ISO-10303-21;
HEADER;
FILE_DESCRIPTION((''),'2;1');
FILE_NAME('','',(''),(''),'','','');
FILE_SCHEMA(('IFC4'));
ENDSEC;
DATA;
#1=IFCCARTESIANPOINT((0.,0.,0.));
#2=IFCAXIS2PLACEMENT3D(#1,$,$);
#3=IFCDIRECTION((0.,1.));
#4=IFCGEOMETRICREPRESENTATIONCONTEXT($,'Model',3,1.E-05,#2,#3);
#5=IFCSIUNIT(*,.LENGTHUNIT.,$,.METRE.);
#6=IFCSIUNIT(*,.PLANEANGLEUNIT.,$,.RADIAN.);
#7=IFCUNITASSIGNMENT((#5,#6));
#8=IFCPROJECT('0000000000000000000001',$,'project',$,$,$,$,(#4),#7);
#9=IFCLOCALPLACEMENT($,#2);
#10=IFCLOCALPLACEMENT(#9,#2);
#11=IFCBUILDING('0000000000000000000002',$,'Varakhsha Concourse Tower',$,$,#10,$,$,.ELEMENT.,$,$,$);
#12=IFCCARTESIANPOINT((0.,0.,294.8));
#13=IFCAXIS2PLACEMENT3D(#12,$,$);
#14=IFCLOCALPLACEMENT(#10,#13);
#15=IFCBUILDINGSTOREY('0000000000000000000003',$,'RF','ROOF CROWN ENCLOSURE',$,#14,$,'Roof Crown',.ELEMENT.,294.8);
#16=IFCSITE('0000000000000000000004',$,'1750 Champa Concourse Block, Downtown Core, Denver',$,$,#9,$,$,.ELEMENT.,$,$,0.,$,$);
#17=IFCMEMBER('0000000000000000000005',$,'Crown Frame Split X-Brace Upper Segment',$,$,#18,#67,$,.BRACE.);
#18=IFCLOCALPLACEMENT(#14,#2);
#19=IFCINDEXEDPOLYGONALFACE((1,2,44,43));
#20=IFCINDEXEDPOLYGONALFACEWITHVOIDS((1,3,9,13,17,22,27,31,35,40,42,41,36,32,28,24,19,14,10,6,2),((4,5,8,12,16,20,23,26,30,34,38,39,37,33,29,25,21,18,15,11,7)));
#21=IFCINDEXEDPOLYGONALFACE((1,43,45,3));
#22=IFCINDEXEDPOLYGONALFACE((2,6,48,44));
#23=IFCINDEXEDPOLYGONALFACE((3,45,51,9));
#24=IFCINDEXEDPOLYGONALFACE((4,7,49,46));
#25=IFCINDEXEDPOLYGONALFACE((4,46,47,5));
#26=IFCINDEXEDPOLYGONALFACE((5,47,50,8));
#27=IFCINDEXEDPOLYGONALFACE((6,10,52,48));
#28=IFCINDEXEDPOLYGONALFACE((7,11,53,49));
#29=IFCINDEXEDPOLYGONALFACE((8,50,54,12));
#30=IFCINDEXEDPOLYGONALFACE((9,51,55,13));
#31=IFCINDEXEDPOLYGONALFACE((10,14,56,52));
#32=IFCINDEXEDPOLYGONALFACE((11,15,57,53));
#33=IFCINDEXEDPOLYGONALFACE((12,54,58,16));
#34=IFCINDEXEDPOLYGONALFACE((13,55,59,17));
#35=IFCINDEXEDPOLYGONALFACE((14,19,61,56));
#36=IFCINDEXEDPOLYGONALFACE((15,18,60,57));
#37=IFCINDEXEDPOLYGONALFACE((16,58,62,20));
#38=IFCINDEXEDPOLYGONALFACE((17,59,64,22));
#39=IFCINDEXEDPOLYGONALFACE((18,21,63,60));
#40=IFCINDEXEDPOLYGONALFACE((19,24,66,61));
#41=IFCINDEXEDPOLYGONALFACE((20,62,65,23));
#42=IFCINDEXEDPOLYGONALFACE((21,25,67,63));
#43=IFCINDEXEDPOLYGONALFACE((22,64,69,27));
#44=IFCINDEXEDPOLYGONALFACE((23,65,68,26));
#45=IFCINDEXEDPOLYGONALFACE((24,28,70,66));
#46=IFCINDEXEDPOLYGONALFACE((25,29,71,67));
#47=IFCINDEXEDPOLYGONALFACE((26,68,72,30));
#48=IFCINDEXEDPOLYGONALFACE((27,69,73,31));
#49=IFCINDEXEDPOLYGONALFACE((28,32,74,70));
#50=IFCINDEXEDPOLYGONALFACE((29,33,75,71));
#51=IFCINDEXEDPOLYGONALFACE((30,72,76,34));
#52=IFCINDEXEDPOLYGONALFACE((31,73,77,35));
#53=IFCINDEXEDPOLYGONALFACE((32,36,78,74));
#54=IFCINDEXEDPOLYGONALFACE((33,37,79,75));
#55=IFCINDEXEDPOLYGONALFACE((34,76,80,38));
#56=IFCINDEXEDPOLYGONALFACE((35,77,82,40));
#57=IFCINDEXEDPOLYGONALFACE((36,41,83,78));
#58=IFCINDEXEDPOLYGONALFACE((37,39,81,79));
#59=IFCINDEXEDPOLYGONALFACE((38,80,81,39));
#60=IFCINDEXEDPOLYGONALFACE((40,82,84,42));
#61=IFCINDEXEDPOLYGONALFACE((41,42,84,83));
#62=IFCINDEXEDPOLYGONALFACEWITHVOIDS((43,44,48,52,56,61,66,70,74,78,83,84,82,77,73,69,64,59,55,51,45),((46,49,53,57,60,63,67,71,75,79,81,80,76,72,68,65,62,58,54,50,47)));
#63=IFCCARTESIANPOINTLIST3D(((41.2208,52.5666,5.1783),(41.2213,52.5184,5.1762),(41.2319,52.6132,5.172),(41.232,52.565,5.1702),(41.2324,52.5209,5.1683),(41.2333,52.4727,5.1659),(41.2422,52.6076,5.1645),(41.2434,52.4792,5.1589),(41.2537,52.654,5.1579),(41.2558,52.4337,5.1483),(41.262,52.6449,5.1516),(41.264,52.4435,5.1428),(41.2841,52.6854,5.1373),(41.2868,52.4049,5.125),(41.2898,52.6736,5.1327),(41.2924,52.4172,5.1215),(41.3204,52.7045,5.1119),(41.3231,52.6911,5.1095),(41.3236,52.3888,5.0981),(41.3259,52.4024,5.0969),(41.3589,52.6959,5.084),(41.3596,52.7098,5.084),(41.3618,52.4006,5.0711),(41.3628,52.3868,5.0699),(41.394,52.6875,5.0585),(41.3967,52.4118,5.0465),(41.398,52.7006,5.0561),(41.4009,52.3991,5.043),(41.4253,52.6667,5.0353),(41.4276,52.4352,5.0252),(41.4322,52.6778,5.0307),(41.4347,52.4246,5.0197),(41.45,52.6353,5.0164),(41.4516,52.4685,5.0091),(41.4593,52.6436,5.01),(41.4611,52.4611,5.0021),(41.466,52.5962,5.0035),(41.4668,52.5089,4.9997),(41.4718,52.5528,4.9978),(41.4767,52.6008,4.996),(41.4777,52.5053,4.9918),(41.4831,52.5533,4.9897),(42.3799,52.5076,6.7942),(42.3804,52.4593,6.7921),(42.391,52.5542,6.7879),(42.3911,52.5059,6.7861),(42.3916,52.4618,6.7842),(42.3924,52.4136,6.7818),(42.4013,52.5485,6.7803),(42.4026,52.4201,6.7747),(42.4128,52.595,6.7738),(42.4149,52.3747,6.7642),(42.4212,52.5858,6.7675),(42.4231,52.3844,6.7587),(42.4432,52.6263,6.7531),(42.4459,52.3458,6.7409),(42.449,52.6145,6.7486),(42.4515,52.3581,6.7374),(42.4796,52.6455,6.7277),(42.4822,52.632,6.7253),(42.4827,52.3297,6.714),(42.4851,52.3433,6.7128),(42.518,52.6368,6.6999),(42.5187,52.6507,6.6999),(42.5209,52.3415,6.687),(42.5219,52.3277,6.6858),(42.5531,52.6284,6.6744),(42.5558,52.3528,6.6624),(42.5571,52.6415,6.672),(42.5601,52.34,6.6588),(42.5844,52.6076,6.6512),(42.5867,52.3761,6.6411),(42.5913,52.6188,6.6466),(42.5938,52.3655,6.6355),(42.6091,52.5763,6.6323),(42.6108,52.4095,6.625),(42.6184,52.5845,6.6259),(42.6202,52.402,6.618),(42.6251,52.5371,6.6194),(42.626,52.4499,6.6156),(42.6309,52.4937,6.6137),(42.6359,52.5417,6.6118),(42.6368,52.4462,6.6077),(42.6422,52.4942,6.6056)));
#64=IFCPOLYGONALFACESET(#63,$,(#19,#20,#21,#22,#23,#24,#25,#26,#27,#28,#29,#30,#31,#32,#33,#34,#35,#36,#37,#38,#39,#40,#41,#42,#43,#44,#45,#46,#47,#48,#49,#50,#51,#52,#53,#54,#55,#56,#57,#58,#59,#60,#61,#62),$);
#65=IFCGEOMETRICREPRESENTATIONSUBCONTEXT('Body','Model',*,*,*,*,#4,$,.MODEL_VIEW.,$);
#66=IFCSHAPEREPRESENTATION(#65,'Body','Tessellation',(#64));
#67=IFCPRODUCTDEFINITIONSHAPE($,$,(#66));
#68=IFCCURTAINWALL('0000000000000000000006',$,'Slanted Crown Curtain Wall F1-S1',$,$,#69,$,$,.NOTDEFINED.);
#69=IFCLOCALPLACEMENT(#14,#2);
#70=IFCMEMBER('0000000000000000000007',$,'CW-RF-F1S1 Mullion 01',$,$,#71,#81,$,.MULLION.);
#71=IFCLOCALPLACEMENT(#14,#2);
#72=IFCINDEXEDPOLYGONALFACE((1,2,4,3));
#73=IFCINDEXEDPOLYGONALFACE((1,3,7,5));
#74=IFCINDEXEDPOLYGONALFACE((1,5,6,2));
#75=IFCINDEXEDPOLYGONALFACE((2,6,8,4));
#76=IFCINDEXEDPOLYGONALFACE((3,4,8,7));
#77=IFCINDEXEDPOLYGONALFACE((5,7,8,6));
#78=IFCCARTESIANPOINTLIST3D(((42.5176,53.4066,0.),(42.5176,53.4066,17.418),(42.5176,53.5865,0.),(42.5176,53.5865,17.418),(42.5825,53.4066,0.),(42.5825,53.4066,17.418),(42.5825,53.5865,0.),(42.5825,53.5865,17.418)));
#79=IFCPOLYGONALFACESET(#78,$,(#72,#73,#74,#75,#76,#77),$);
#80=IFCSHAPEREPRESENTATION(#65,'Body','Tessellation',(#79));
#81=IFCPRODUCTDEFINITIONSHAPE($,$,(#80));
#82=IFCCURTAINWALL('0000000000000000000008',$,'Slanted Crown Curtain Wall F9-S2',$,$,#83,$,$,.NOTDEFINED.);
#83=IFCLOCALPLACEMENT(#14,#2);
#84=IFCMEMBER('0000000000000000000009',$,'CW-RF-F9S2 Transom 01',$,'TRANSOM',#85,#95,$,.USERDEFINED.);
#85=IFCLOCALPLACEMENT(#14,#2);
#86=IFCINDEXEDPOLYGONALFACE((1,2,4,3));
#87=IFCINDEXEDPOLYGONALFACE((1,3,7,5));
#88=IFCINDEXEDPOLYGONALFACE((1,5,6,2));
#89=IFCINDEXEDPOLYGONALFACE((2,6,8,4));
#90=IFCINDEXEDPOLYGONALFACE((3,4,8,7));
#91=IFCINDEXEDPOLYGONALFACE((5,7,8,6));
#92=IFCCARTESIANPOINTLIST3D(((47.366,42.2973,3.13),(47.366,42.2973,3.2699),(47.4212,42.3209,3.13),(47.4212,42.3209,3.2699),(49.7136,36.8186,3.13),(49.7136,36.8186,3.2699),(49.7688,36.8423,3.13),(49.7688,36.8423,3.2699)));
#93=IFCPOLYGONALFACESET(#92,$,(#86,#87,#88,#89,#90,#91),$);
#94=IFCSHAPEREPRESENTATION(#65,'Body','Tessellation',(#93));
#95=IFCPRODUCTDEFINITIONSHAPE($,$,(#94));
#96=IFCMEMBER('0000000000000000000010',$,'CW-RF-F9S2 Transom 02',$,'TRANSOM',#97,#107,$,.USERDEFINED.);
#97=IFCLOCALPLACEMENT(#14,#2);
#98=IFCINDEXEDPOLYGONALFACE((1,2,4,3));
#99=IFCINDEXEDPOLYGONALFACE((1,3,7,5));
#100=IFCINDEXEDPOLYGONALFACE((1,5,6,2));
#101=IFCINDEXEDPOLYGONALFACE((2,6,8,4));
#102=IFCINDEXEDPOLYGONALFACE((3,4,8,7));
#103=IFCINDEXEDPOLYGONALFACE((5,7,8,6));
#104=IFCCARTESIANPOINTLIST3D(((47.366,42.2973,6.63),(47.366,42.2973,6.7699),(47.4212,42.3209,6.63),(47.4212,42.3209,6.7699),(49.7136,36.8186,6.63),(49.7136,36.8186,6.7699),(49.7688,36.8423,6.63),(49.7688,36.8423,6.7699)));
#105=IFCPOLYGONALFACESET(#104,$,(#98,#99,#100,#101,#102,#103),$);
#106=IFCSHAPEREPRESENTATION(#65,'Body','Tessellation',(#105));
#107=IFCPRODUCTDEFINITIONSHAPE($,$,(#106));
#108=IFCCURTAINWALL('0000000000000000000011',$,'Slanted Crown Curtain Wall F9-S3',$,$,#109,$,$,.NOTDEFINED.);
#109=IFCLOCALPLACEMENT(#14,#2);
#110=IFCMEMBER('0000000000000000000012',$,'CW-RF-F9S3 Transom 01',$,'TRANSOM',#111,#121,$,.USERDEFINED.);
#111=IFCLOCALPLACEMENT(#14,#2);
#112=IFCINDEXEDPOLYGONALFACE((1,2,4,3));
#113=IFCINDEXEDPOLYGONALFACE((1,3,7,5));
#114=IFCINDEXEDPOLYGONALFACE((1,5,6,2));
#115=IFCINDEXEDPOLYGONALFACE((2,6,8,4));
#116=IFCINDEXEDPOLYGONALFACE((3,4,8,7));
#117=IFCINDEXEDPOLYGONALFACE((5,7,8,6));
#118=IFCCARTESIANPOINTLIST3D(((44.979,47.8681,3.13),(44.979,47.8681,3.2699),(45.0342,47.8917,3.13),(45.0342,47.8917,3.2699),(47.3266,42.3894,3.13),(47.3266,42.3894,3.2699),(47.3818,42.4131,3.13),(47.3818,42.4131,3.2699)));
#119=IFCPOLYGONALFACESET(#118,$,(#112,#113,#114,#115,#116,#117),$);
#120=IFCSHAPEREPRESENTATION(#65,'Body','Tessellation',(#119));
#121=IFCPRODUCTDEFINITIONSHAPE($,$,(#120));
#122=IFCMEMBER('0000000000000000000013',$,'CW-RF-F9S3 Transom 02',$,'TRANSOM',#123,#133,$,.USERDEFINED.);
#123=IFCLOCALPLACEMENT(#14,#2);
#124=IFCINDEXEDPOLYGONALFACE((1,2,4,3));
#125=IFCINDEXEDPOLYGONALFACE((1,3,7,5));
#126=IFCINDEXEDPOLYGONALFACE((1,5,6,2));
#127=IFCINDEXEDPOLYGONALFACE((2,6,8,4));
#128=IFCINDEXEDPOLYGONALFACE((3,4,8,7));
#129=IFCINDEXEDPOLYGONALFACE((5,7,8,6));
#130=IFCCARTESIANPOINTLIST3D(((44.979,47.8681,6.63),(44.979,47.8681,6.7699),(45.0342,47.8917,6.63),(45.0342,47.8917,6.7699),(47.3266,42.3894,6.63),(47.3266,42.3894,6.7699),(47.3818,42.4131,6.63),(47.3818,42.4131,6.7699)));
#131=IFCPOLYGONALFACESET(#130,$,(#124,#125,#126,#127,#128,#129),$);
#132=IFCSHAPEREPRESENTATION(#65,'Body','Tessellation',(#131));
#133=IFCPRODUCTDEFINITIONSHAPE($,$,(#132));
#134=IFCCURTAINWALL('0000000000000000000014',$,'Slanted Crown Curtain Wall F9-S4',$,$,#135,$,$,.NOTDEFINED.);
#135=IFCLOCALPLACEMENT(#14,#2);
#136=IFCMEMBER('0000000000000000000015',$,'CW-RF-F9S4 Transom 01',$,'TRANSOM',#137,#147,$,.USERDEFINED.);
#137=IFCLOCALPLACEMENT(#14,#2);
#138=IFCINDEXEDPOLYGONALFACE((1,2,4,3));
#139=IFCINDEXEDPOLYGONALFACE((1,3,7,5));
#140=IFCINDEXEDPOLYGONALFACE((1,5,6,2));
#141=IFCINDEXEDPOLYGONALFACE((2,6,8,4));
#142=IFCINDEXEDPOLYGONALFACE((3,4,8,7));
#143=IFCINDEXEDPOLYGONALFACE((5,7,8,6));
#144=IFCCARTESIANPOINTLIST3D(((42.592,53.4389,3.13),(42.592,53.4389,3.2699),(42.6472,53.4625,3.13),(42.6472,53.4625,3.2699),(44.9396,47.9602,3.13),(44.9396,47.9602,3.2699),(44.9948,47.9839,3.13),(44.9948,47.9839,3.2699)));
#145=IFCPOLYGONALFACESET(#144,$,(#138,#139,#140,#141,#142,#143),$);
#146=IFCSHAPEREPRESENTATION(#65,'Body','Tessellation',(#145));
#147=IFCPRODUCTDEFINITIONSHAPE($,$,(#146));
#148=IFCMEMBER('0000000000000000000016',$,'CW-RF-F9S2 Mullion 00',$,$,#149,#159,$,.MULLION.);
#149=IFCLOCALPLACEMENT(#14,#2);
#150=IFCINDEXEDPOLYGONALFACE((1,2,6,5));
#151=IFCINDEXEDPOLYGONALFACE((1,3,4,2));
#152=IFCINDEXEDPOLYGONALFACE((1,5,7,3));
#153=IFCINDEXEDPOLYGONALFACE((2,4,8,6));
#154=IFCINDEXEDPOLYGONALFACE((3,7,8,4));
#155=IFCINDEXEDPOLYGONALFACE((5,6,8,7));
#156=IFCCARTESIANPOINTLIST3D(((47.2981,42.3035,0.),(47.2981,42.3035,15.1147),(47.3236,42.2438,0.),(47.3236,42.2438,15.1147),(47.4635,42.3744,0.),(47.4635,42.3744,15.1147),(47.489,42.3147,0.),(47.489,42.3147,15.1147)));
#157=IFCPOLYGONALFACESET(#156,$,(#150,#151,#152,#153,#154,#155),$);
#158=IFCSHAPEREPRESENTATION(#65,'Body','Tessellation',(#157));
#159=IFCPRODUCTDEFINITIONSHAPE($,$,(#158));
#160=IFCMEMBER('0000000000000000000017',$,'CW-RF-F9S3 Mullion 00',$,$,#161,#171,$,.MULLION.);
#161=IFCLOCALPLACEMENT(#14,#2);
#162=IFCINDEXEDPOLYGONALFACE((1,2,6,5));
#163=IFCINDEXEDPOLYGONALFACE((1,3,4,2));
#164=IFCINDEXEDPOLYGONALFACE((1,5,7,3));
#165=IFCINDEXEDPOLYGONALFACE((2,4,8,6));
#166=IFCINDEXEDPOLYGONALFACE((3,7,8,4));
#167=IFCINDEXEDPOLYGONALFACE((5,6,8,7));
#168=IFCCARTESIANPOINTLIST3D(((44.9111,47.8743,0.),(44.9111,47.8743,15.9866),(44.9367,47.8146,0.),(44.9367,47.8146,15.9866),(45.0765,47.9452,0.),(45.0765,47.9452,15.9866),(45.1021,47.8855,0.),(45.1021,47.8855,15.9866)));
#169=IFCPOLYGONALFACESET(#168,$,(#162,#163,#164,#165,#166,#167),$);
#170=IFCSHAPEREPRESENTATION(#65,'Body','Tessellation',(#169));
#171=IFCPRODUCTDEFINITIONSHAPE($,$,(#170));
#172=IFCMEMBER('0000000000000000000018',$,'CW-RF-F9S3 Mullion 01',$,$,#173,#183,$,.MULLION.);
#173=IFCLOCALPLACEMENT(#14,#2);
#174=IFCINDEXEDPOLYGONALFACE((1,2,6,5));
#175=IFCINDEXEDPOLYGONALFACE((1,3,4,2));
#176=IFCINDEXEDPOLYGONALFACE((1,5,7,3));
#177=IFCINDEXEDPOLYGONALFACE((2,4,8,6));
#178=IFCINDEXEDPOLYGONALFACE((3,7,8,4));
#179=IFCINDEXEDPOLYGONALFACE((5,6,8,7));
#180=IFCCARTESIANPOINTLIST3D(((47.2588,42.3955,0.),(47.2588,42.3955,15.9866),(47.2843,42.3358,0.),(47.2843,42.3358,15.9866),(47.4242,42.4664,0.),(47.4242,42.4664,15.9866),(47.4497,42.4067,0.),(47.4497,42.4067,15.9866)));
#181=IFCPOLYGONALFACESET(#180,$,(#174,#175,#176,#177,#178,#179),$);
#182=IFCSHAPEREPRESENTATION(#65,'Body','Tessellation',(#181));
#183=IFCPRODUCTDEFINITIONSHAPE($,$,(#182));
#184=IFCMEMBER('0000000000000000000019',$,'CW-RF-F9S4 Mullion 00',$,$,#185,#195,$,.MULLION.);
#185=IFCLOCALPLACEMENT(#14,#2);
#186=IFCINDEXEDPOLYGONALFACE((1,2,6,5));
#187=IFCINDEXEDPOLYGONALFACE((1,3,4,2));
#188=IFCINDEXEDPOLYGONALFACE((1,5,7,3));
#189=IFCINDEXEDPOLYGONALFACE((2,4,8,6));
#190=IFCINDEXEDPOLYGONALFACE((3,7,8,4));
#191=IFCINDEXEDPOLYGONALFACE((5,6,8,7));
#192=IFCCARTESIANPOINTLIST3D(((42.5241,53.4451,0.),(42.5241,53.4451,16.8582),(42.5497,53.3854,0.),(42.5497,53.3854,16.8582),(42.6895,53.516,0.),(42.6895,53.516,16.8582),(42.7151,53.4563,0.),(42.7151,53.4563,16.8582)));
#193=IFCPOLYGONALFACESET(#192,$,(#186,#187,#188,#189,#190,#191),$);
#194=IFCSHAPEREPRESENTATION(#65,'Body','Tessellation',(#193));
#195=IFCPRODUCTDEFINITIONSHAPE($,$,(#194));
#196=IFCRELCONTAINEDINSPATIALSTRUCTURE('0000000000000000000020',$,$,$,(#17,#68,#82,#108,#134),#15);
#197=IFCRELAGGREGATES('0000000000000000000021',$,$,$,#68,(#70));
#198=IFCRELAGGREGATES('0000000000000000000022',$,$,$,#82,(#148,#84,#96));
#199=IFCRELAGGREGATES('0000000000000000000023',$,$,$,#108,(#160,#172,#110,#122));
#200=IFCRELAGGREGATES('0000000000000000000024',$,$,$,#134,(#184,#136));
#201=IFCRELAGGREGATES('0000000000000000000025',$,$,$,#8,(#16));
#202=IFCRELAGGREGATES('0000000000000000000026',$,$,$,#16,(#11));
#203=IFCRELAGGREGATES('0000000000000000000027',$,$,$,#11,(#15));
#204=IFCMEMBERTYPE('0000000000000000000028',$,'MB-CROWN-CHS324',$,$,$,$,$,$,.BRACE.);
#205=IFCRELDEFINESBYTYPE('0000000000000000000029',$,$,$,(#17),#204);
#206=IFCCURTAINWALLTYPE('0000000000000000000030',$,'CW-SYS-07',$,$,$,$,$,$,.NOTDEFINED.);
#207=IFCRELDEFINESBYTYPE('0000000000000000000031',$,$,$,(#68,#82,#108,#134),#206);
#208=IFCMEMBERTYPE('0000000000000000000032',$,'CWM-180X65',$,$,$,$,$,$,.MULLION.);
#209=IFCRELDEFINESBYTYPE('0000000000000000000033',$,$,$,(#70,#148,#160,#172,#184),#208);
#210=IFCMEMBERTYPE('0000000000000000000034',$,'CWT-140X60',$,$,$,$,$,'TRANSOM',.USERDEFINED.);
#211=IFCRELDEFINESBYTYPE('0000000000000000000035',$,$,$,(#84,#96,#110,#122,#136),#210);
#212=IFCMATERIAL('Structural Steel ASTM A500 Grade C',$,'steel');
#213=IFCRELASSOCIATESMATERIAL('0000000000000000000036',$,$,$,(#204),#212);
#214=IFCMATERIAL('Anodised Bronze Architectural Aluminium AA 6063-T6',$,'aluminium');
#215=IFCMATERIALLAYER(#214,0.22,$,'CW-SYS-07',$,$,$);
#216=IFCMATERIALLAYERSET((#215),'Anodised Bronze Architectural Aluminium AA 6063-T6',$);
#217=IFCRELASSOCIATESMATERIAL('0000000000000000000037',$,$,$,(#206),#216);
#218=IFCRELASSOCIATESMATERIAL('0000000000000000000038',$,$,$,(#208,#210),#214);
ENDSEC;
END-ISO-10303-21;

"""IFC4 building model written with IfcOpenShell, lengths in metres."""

from ifc_helpers import new_model, si_unit, direction, frame, origin, origin_2d, place, context, subcontext, project, spatial, rectangle, hollow_circle, extrude, source, transform, mapped, material, layer, layer_set, material_profile, profile_set, type_object, type_shapes, element, aggregate, save


model = new_model("IFC4")

# Units and contexts
model_context = context("Model", 3, precision=1e-05, world=origin(), true_north=direction((0.0, 1.0)))
body_context = subcontext(model_context, "Body", "Model", "MODEL_VIEW")
ifc_project = project(units=[si_unit("LENGTHUNIT", "METRE"), si_unit("PLANEANGLEUNIT", "RADIAN")], contexts=[model_context])

# Site, building, storey
site_placement = place(None, origin())
site = spatial("IfcSite", under=ifc_project, at=site_placement, Name="1750 Champa Concourse Block, Downtown Core, Denver", CompositionType="ELEMENT", RefElevation=0.0)
building_placement = place(site_placement, origin())
building = spatial("IfcBuilding", under=site, at=building_placement, Name="Varakhsha Concourse Tower", CompositionType="ELEMENT")
storey_placement = place(building_placement, frame((0.0, 0.0, 294.8)))
storey = spatial("IfcBuildingStorey", under=building, at=storey_placement, Name="RF", Description="ROOF CROWN ENCLOSURE", LongName="Roof Crown", CompositionType="ELEMENT", Elevation=294.8)

# Member
ifc_material_1 = material(Name="Structural Steel ASTM A500 Grade C", Category="steel")
ifc_material_profile_1 = material_profile(ifc_material_1, hollow_circle(Radius=0.1621, WallThickness=0.0139, at=origin_2d()), Name="CHS 324x14")
ifc_profile_set_1 = profile_set([ifc_material_profile_1], Name="Structural Steel ASTM A500 Grade C")
member_type_1 = type_object("IfcMemberType", Name="MB-CROWN-CHS324", PredefinedType="BRACE", material=ifc_profile_set_1)
shared_shape_1 = source(origin(), body_context, "Body", "SweptSolid", [
    extrude(hollow_circle(Radius=0.1621, WallThickness=0.0139, at=origin_2d()), origin(), (0.0, 0.0, 1.0), 1.9895),
])
member_1_placement = place(storey_placement, frame((41.3513, 52.5479, 5.084), z_axis=(0.582617, -0.029695, 0.812204), x_axis=(0.050903, 0.998704, 0.0)))
element("IfcMember", 1, at=member_1_placement, inside=storey, type_object=member_type_1, Name="Crown Frame Split X-Brace Upper Segment", PredefinedType="BRACE", context=body_context, shape_type="MappedRepresentation", body=[
    mapped(shared_shape_1, transform((0.0, 0.0, 0.0), scale=1.0)),
])

# Curtain wall, member
ifc_material_2 = material(Name="Anodised Bronze Architectural Aluminium AA 6063-T6", Category="aluminium")
ifc_layer_1 = layer(ifc_material_2, 0.22, Name="CW-SYS-07")
ifc_layer_set_1 = layer_set([ifc_layer_1], Name="Anodised Bronze Architectural Aluminium AA 6063-T6")
curtain_wall_type = type_object("IfcCurtainWallType", Name="CW-SYS-07", PredefinedType="NOTDEFINED", material=ifc_layer_set_1)
curtain_wall_1_placement = place(storey_placement, origin())
curtain_wall_1 = element("IfcCurtainWall", 2, at=curtain_wall_1_placement, inside=storey, type_object=curtain_wall_type, Name="Slanted Crown Curtain Wall F1-S1", PredefinedType="NOTDEFINED")
ifc_material_profile_2 = material_profile(ifc_material_2, rectangle(XDim=0.0649, YDim=0.1799, at=origin_2d()), Name="CWM-180X65")
ifc_profile_set_2 = profile_set([ifc_material_profile_2], Name="Anodised Bronze Architectural Aluminium AA 6063-T6")
member_type_2 = type_object("IfcMemberType", Name="CWM-180X65", PredefinedType="MULLION", material=ifc_profile_set_2)
shared_shape_2 = source(origin(), body_context, "Body", "SweptSolid", [
    extrude(rectangle(XDim=0.0649, YDim=0.1799, at=origin_2d()), origin(), (0.0, 0.0, 1.0), 17.418),
])
member_2_placement = place(storey_placement, frame((42.55, 53.4966, 0.0), z_axis=(0.0, 0.0, 1.0), x_axis=(1.0, 0.0, 0.0)))
member_2 = element("IfcMember", 3, at=member_2_placement, type_object=member_type_2, Name="CW-RF-F1S1 Mullion 01", PredefinedType="MULLION", context=body_context, shape_type="MappedRepresentation", body=[
    mapped(shared_shape_2, transform((0.0, 0.0, 0.0), scale=1.0)),
])
aggregate(curtain_wall_1, [member_2])

# Curtain walls, members
curtain_wall_2_placement = place(storey_placement, origin())
curtain_wall_2 = element("IfcCurtainWall", 4, at=curtain_wall_2_placement, inside=storey, type_object=curtain_wall_type, Name="Slanted Crown Curtain Wall F9-S2", PredefinedType="NOTDEFINED")
ifc_material_profile_3 = material_profile(ifc_material_2, rectangle(XDim=0.0601, YDim=0.1399, at=origin_2d()), Name="CWT-140X60")
ifc_profile_set_3 = profile_set([ifc_material_profile_3], Name="Anodised Bronze Architectural Aluminium AA 6063-T6")
member_type_3 = type_object("IfcMemberType", Name="CWT-140X60", ElementType="TRANSOM", PredefinedType="USERDEFINED", material=ifc_profile_set_3)
shared_shape_3 = source(origin(), body_context, "Body", "SweptSolid", [
    extrude(rectangle(XDim=0.0601, YDim=0.1399, at=origin_2d()), origin(), (0.0, 0.0, 1.0), 5.9604),
])
type_shapes(member_type_3, [shared_shape_3])
member_3_placement = place(storey_placement, frame((47.3936, 42.3091, 3.2), z_axis=(0.393865, -0.919168, 0.0), x_axis=(0.919168, 0.393865, 0.0)))
member_3 = element("IfcMember", 5, at=member_3_placement, type_object=member_type_3, Name="CW-RF-F9S2 Transom 01", ObjectType="TRANSOM", PredefinedType="USERDEFINED", context=body_context, shape_type="MappedRepresentation", body=[
    mapped(shared_shape_3, transform((0.0, 0.0, 0.0), scale=1.0)),
])
member_4_placement = place(storey_placement, frame((47.3936, 42.3091, 6.7), z_axis=(0.393865, -0.919168, 0.0), x_axis=(0.919168, 0.393865, 0.0)))
member_4 = element("IfcMember", 6, at=member_4_placement, type_object=member_type_3, Name="CW-RF-F9S2 Transom 02", ObjectType="TRANSOM", PredefinedType="USERDEFINED", context=body_context, shape_type="MappedRepresentation", body=[
    mapped(shared_shape_3, transform((0.0, 0.0, 0.0), scale=1.0)),
])
curtain_wall_3_placement = place(storey_placement, origin())
curtain_wall_3 = element("IfcCurtainWall", 7, at=curtain_wall_3_placement, inside=storey, type_object=curtain_wall_type, Name="Slanted Crown Curtain Wall F9-S3", PredefinedType="NOTDEFINED")
member_5_placement = place(storey_placement, frame((45.0066, 47.8799, 3.2), z_axis=(0.393865, -0.919168, 0.0), x_axis=(0.919168, 0.393865, 0.0)))
member_5 = element("IfcMember", 8, at=member_5_placement, type_object=member_type_3, Name="CW-RF-F9S3 Transom 01", ObjectType="TRANSOM", PredefinedType="USERDEFINED", context=body_context, shape_type="MappedRepresentation", body=[
    mapped(shared_shape_3, transform((0.0, 0.0, 0.0), scale=1.0)),
])
member_6_placement = place(storey_placement, frame((45.0066, 47.8799, 6.7), z_axis=(0.393865, -0.919168, 0.0), x_axis=(0.919168, 0.393865, 0.0)))
member_6 = element("IfcMember", 9, at=member_6_placement, type_object=member_type_3, Name="CW-RF-F9S3 Transom 02", ObjectType="TRANSOM", PredefinedType="USERDEFINED", context=body_context, shape_type="MappedRepresentation", body=[
    mapped(shared_shape_3, transform((0.0, 0.0, 0.0), scale=1.0)),
])

# Curtain wall, member
curtain_wall_4_placement = place(storey_placement, origin())
curtain_wall_4 = element("IfcCurtainWall", 10, at=curtain_wall_4_placement, inside=storey, type_object=curtain_wall_type, Name="Slanted Crown Curtain Wall F9-S4", PredefinedType="NOTDEFINED")
member_7_placement = place(storey_placement, frame((42.6196, 53.4507, 3.2), z_axis=(0.393865, -0.919168, 0.0), x_axis=(0.919168, 0.393865, 0.0)))
member_7 = element("IfcMember", 11, at=member_7_placement, type_object=member_type_3, Name="CW-RF-F9S4 Transom 01", ObjectType="TRANSOM", PredefinedType="USERDEFINED", context=body_context, shape_type="MappedRepresentation", body=[
    mapped(shared_shape_3, transform((0.0, 0.0, 0.0), scale=1.0)),
])

# Members
shared_shape_4 = source(origin(), body_context, "Body", "SweptSolid", [
    extrude(rectangle(XDim=0.0649, YDim=0.1799, at=origin_2d()), origin(), (0.0, 0.0, 1.0), 15.1147),
])
member_8_placement = place(storey_placement, frame((47.3936, 42.3091, 0.0), z_axis=(0.0, 0.0, 1.0), x_axis=(0.393841, -0.919179, 0.0)))
member_8 = element("IfcMember", 12, at=member_8_placement, type_object=member_type_2, Name="CW-RF-F9S2 Mullion 00", PredefinedType="MULLION", context=body_context, shape_type="MappedRepresentation", body=[
    mapped(shared_shape_4, transform((0.0, 0.0, 0.0), scale=1.0)),
])
aggregate(curtain_wall_2, [member_8, member_3, member_4])
shared_shape_5 = source(origin(), body_context, "Body", "SweptSolid", [
    extrude(rectangle(XDim=0.0649, YDim=0.1799, at=origin_2d()), origin(), (0.0, 0.0, 1.0), 15.9866),
])
member_9_placement = place(storey_placement, frame((45.0066, 47.8799, 0.0), z_axis=(0.0, 0.0, 1.0), x_axis=(0.393855, -0.919172, 0.0)))
member_9 = element("IfcMember", 13, at=member_9_placement, type_object=member_type_2, Name="CW-RF-F9S3 Mullion 00", PredefinedType="MULLION", context=body_context, shape_type="MappedRepresentation", body=[
    mapped(shared_shape_5, transform((0.0, 0.0, 0.0), scale=1.0)),
])
member_10_placement = place(storey_placement, frame((47.3542, 42.4011, 0.0), z_axis=(0.0, 0.0, 1.0), x_axis=(0.393855, -0.919172, 0.0)))
member_10 = element("IfcMember", 14, at=member_10_placement, type_object=member_type_2, Name="CW-RF-F9S3 Mullion 01", PredefinedType="MULLION", context=body_context, shape_type="MappedRepresentation", body=[
    mapped(shared_shape_5, transform((0.0, 0.0, 0.0), scale=1.0)),
])
shared_shape_6 = source(origin(), body_context, "Body", "SweptSolid", [
    extrude(rectangle(XDim=0.0649, YDim=0.1799, at=origin_2d()), origin(), (0.0, 0.0, 1.0), 16.8582),
])
type_shapes(member_type_2, [shared_shape_2, shared_shape_4, shared_shape_5, shared_shape_6])
member_11_placement = place(storey_placement, frame((42.6196, 53.4507, 0.0), z_axis=(0.0, 0.0, 1.0), x_axis=(0.393841, -0.919179, 0.0)))
member_11 = element("IfcMember", 15, at=member_11_placement, type_object=member_type_2, Name="CW-RF-F9S4 Mullion 00", PredefinedType="MULLION", context=body_context, shape_type="MappedRepresentation", body=[
    mapped(shared_shape_6, transform((0.0, 0.0, 0.0), scale=1.0)),
])

aggregate(curtain_wall_3, [member_9, member_10, member_5, member_6])
aggregate(curtain_wall_4, [member_11, member_7])

save(model, "model.ifc")
